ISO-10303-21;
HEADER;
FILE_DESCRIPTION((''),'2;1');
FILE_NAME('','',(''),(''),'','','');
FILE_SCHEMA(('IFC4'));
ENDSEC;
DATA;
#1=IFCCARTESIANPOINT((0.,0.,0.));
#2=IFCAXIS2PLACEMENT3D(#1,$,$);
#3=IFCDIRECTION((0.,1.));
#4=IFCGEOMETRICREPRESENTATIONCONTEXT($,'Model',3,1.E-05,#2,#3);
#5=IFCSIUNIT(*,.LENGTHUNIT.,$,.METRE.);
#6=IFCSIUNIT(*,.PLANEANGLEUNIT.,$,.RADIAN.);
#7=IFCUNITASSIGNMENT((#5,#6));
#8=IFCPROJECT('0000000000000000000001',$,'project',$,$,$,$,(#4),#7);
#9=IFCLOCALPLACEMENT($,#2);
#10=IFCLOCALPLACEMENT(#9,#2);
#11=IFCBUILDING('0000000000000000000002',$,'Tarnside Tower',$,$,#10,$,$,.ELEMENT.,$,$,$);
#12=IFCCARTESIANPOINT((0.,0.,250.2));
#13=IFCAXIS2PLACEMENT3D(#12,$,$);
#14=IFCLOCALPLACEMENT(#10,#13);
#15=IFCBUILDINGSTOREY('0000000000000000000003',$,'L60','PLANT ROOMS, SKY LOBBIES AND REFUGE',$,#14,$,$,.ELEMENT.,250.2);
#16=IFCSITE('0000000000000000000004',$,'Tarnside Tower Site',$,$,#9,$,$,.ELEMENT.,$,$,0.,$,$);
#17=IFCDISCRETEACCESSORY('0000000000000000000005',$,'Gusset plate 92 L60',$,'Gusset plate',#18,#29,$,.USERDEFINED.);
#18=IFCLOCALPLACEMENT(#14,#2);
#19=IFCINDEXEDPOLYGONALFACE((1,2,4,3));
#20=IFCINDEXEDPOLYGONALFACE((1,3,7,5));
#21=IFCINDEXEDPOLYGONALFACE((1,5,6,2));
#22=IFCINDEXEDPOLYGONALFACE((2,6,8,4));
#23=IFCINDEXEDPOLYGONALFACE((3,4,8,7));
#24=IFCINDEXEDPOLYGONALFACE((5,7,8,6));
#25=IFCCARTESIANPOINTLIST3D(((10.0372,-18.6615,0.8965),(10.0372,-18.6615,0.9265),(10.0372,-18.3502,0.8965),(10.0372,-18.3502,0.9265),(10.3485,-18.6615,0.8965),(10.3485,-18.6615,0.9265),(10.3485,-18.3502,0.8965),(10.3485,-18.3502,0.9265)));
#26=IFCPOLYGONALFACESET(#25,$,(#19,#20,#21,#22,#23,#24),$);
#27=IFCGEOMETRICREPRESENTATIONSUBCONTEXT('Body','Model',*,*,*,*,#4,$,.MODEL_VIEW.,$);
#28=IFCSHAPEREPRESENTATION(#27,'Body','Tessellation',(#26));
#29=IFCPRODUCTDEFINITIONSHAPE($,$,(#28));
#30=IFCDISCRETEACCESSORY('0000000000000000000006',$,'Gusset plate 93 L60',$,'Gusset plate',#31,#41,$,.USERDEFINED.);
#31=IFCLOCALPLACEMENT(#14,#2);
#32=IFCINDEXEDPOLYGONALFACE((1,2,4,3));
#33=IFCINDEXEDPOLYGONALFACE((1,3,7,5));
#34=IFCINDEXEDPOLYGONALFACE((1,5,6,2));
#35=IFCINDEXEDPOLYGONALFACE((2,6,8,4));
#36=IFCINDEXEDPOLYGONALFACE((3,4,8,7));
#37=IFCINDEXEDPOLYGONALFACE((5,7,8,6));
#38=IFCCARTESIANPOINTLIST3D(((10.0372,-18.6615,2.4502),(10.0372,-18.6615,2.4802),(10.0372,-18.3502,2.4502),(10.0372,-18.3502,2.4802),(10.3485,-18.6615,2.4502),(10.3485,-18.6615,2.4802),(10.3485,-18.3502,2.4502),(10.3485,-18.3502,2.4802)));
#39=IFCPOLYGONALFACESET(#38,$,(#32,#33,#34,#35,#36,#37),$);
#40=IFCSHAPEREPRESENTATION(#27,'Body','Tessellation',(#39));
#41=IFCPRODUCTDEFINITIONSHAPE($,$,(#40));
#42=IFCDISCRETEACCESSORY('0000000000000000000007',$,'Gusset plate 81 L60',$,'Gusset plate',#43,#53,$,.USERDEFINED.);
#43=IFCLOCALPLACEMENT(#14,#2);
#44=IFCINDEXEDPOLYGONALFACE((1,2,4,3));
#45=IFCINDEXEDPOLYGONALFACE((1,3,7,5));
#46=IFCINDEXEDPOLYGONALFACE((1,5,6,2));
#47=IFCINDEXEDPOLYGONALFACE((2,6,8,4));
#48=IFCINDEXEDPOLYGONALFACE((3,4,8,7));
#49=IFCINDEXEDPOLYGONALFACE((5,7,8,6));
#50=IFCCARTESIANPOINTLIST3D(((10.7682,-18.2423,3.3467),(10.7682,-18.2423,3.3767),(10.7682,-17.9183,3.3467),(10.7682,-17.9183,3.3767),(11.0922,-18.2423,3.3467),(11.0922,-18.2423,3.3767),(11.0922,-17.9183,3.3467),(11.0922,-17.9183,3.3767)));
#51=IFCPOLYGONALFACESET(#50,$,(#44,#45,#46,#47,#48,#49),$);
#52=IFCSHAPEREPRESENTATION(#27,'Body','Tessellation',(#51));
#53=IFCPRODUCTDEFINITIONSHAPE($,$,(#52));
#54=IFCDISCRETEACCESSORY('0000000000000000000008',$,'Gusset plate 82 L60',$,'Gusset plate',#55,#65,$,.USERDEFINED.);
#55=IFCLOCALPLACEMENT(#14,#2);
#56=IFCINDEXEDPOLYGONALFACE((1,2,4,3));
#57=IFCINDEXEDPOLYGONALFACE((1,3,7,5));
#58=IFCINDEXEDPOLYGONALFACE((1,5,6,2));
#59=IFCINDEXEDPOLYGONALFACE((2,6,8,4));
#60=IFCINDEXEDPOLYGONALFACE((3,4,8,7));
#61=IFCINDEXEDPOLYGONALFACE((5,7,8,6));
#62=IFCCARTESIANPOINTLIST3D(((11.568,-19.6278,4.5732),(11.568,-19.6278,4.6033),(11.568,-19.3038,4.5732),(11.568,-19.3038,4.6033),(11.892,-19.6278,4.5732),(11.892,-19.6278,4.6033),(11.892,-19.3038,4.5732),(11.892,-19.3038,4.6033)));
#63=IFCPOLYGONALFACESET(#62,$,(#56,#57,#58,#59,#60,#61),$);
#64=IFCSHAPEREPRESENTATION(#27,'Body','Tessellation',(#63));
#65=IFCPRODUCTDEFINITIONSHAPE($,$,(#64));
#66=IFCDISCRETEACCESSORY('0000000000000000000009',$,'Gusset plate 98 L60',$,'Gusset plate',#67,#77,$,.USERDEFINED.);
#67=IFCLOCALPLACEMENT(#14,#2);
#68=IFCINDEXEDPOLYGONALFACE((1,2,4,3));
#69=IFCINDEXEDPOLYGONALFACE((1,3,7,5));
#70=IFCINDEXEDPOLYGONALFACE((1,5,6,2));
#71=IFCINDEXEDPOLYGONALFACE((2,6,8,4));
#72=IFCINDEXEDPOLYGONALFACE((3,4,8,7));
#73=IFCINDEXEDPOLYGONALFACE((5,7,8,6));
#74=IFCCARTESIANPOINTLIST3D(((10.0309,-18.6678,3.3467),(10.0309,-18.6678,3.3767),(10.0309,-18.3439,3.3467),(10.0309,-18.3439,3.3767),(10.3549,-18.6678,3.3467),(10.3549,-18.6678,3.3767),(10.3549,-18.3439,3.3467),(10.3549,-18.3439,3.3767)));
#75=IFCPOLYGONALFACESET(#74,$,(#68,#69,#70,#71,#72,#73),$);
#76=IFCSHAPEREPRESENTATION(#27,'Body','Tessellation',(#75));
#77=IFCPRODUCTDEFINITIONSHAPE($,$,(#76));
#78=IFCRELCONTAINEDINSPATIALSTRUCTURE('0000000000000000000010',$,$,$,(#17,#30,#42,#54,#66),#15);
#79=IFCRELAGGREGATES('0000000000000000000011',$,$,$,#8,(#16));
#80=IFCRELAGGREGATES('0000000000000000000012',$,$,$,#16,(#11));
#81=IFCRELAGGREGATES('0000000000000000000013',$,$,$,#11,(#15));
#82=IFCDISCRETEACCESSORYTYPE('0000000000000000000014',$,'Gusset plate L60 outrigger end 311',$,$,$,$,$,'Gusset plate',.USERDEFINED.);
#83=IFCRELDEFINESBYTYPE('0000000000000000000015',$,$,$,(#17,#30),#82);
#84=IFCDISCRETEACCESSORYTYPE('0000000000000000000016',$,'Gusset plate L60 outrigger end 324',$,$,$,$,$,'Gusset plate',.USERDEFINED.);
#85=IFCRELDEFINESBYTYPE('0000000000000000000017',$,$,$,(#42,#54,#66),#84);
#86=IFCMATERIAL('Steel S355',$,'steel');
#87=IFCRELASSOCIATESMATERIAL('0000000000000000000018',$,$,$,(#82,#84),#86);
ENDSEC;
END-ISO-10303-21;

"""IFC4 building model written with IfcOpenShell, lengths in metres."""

from ifc_helpers import new_model, si_unit, direction, frame, origin, origin_2d, place, context, subcontext, project, spatial, rectangle, extrude, material, type_object, element, save


model = new_model("IFC4")

# Units and contexts
model_context = context("Model", 3, precision=1e-05, world=origin(), true_north=direction((0.0, 1.0)))
body_context = subcontext(model_context, "Body", "Model", "MODEL_VIEW")
ifc_project = project(units=[si_unit("LENGTHUNIT", "METRE"), si_unit("PLANEANGLEUNIT", "RADIAN")], contexts=[model_context])

# Site, building, storey
site_placement = place(None, origin())
site = spatial("IfcSite", under=ifc_project, at=site_placement, Name="Tarnside Tower Site", CompositionType="ELEMENT", RefElevation=0.0)
building_placement = place(site_placement, origin())
building = spatial("IfcBuilding", under=site, at=building_placement, Name="Tarnside Tower", CompositionType="ELEMENT")
storey_placement = place(building_placement, frame((0.0, 0.0, 250.2)))
storey = spatial("IfcBuildingStorey", under=building, at=storey_placement, Name="L60", Description="PLANT ROOMS, SKY LOBBIES AND REFUGE", CompositionType="ELEMENT", Elevation=250.2)

# Shared definitions
ifc_material = material(Name="Steel S355", Category="steel")

# Discrete accessories
discrete_accessory_type_1 = type_object("IfcDiscreteAccessoryType", Name="Gusset plate L60 outrigger end 311", ElementType="Gusset plate", PredefinedType="USERDEFINED", material=ifc_material)
for number, where, z_axis, x_axis, name in (
    (1, (10.1929, -18.5059, 0.8965), (0.0, 0.0, 1.0), (1.0, 0.0, 0.0), "Gusset plate 92 L60"),
    (2, (10.1929, -18.5059, 2.4502), (0.0, 0.0, 1.0), (1.0, 0.0, 0.0), "Gusset plate 93 L60"),
):
    element("IfcDiscreteAccessory", number, at=place(storey_placement, frame(where, z_axis=z_axis, x_axis=x_axis)), inside=storey, type_object=discrete_accessory_type_1, Name=name, ObjectType="Gusset plate", PredefinedType="USERDEFINED", context=body_context, shape_type="SweptSolid", body=[
        extrude(rectangle(XDim=0.3113, YDim=0.3113, at=origin_2d()), origin(), (0.0, 0.0, 1.0), 0.03),
    ])
discrete_accessory_type_2 = type_object("IfcDiscreteAccessoryType", Name="Gusset plate L60 outrigger end 324", ElementType="Gusset plate", PredefinedType="USERDEFINED", material=ifc_material)
for number, where, z_axis, x_axis, name in (
    (3, (10.9302, -18.0803, 3.3467), (0.0, 0.0, 1.0), (1.0, 0.0, 0.0), "Gusset plate 81 L60"),
    (4, (11.73, -19.4658, 4.5732), (0.0, 0.0, 1.0), (1.0, 0.0, 0.0), "Gusset plate 82 L60"),
    (5, (10.1929, -18.5059, 3.3467), (0.0, 0.0, 1.0), (1.0, 0.0, 0.0), "Gusset plate 98 L60"),
):
    element("IfcDiscreteAccessory", number, at=place(storey_placement, frame(where, z_axis=z_axis, x_axis=x_axis)), inside=storey, type_object=discrete_accessory_type_2, Name=name, ObjectType="Gusset plate", PredefinedType="USERDEFINED", context=body_context, shape_type="SweptSolid", body=[
        extrude(rectangle(XDim=0.324, YDim=0.324, at=origin_2d()), origin(), (0.0, 0.0, 1.0), 0.03),
    ])

save(model, "model.ifc")
